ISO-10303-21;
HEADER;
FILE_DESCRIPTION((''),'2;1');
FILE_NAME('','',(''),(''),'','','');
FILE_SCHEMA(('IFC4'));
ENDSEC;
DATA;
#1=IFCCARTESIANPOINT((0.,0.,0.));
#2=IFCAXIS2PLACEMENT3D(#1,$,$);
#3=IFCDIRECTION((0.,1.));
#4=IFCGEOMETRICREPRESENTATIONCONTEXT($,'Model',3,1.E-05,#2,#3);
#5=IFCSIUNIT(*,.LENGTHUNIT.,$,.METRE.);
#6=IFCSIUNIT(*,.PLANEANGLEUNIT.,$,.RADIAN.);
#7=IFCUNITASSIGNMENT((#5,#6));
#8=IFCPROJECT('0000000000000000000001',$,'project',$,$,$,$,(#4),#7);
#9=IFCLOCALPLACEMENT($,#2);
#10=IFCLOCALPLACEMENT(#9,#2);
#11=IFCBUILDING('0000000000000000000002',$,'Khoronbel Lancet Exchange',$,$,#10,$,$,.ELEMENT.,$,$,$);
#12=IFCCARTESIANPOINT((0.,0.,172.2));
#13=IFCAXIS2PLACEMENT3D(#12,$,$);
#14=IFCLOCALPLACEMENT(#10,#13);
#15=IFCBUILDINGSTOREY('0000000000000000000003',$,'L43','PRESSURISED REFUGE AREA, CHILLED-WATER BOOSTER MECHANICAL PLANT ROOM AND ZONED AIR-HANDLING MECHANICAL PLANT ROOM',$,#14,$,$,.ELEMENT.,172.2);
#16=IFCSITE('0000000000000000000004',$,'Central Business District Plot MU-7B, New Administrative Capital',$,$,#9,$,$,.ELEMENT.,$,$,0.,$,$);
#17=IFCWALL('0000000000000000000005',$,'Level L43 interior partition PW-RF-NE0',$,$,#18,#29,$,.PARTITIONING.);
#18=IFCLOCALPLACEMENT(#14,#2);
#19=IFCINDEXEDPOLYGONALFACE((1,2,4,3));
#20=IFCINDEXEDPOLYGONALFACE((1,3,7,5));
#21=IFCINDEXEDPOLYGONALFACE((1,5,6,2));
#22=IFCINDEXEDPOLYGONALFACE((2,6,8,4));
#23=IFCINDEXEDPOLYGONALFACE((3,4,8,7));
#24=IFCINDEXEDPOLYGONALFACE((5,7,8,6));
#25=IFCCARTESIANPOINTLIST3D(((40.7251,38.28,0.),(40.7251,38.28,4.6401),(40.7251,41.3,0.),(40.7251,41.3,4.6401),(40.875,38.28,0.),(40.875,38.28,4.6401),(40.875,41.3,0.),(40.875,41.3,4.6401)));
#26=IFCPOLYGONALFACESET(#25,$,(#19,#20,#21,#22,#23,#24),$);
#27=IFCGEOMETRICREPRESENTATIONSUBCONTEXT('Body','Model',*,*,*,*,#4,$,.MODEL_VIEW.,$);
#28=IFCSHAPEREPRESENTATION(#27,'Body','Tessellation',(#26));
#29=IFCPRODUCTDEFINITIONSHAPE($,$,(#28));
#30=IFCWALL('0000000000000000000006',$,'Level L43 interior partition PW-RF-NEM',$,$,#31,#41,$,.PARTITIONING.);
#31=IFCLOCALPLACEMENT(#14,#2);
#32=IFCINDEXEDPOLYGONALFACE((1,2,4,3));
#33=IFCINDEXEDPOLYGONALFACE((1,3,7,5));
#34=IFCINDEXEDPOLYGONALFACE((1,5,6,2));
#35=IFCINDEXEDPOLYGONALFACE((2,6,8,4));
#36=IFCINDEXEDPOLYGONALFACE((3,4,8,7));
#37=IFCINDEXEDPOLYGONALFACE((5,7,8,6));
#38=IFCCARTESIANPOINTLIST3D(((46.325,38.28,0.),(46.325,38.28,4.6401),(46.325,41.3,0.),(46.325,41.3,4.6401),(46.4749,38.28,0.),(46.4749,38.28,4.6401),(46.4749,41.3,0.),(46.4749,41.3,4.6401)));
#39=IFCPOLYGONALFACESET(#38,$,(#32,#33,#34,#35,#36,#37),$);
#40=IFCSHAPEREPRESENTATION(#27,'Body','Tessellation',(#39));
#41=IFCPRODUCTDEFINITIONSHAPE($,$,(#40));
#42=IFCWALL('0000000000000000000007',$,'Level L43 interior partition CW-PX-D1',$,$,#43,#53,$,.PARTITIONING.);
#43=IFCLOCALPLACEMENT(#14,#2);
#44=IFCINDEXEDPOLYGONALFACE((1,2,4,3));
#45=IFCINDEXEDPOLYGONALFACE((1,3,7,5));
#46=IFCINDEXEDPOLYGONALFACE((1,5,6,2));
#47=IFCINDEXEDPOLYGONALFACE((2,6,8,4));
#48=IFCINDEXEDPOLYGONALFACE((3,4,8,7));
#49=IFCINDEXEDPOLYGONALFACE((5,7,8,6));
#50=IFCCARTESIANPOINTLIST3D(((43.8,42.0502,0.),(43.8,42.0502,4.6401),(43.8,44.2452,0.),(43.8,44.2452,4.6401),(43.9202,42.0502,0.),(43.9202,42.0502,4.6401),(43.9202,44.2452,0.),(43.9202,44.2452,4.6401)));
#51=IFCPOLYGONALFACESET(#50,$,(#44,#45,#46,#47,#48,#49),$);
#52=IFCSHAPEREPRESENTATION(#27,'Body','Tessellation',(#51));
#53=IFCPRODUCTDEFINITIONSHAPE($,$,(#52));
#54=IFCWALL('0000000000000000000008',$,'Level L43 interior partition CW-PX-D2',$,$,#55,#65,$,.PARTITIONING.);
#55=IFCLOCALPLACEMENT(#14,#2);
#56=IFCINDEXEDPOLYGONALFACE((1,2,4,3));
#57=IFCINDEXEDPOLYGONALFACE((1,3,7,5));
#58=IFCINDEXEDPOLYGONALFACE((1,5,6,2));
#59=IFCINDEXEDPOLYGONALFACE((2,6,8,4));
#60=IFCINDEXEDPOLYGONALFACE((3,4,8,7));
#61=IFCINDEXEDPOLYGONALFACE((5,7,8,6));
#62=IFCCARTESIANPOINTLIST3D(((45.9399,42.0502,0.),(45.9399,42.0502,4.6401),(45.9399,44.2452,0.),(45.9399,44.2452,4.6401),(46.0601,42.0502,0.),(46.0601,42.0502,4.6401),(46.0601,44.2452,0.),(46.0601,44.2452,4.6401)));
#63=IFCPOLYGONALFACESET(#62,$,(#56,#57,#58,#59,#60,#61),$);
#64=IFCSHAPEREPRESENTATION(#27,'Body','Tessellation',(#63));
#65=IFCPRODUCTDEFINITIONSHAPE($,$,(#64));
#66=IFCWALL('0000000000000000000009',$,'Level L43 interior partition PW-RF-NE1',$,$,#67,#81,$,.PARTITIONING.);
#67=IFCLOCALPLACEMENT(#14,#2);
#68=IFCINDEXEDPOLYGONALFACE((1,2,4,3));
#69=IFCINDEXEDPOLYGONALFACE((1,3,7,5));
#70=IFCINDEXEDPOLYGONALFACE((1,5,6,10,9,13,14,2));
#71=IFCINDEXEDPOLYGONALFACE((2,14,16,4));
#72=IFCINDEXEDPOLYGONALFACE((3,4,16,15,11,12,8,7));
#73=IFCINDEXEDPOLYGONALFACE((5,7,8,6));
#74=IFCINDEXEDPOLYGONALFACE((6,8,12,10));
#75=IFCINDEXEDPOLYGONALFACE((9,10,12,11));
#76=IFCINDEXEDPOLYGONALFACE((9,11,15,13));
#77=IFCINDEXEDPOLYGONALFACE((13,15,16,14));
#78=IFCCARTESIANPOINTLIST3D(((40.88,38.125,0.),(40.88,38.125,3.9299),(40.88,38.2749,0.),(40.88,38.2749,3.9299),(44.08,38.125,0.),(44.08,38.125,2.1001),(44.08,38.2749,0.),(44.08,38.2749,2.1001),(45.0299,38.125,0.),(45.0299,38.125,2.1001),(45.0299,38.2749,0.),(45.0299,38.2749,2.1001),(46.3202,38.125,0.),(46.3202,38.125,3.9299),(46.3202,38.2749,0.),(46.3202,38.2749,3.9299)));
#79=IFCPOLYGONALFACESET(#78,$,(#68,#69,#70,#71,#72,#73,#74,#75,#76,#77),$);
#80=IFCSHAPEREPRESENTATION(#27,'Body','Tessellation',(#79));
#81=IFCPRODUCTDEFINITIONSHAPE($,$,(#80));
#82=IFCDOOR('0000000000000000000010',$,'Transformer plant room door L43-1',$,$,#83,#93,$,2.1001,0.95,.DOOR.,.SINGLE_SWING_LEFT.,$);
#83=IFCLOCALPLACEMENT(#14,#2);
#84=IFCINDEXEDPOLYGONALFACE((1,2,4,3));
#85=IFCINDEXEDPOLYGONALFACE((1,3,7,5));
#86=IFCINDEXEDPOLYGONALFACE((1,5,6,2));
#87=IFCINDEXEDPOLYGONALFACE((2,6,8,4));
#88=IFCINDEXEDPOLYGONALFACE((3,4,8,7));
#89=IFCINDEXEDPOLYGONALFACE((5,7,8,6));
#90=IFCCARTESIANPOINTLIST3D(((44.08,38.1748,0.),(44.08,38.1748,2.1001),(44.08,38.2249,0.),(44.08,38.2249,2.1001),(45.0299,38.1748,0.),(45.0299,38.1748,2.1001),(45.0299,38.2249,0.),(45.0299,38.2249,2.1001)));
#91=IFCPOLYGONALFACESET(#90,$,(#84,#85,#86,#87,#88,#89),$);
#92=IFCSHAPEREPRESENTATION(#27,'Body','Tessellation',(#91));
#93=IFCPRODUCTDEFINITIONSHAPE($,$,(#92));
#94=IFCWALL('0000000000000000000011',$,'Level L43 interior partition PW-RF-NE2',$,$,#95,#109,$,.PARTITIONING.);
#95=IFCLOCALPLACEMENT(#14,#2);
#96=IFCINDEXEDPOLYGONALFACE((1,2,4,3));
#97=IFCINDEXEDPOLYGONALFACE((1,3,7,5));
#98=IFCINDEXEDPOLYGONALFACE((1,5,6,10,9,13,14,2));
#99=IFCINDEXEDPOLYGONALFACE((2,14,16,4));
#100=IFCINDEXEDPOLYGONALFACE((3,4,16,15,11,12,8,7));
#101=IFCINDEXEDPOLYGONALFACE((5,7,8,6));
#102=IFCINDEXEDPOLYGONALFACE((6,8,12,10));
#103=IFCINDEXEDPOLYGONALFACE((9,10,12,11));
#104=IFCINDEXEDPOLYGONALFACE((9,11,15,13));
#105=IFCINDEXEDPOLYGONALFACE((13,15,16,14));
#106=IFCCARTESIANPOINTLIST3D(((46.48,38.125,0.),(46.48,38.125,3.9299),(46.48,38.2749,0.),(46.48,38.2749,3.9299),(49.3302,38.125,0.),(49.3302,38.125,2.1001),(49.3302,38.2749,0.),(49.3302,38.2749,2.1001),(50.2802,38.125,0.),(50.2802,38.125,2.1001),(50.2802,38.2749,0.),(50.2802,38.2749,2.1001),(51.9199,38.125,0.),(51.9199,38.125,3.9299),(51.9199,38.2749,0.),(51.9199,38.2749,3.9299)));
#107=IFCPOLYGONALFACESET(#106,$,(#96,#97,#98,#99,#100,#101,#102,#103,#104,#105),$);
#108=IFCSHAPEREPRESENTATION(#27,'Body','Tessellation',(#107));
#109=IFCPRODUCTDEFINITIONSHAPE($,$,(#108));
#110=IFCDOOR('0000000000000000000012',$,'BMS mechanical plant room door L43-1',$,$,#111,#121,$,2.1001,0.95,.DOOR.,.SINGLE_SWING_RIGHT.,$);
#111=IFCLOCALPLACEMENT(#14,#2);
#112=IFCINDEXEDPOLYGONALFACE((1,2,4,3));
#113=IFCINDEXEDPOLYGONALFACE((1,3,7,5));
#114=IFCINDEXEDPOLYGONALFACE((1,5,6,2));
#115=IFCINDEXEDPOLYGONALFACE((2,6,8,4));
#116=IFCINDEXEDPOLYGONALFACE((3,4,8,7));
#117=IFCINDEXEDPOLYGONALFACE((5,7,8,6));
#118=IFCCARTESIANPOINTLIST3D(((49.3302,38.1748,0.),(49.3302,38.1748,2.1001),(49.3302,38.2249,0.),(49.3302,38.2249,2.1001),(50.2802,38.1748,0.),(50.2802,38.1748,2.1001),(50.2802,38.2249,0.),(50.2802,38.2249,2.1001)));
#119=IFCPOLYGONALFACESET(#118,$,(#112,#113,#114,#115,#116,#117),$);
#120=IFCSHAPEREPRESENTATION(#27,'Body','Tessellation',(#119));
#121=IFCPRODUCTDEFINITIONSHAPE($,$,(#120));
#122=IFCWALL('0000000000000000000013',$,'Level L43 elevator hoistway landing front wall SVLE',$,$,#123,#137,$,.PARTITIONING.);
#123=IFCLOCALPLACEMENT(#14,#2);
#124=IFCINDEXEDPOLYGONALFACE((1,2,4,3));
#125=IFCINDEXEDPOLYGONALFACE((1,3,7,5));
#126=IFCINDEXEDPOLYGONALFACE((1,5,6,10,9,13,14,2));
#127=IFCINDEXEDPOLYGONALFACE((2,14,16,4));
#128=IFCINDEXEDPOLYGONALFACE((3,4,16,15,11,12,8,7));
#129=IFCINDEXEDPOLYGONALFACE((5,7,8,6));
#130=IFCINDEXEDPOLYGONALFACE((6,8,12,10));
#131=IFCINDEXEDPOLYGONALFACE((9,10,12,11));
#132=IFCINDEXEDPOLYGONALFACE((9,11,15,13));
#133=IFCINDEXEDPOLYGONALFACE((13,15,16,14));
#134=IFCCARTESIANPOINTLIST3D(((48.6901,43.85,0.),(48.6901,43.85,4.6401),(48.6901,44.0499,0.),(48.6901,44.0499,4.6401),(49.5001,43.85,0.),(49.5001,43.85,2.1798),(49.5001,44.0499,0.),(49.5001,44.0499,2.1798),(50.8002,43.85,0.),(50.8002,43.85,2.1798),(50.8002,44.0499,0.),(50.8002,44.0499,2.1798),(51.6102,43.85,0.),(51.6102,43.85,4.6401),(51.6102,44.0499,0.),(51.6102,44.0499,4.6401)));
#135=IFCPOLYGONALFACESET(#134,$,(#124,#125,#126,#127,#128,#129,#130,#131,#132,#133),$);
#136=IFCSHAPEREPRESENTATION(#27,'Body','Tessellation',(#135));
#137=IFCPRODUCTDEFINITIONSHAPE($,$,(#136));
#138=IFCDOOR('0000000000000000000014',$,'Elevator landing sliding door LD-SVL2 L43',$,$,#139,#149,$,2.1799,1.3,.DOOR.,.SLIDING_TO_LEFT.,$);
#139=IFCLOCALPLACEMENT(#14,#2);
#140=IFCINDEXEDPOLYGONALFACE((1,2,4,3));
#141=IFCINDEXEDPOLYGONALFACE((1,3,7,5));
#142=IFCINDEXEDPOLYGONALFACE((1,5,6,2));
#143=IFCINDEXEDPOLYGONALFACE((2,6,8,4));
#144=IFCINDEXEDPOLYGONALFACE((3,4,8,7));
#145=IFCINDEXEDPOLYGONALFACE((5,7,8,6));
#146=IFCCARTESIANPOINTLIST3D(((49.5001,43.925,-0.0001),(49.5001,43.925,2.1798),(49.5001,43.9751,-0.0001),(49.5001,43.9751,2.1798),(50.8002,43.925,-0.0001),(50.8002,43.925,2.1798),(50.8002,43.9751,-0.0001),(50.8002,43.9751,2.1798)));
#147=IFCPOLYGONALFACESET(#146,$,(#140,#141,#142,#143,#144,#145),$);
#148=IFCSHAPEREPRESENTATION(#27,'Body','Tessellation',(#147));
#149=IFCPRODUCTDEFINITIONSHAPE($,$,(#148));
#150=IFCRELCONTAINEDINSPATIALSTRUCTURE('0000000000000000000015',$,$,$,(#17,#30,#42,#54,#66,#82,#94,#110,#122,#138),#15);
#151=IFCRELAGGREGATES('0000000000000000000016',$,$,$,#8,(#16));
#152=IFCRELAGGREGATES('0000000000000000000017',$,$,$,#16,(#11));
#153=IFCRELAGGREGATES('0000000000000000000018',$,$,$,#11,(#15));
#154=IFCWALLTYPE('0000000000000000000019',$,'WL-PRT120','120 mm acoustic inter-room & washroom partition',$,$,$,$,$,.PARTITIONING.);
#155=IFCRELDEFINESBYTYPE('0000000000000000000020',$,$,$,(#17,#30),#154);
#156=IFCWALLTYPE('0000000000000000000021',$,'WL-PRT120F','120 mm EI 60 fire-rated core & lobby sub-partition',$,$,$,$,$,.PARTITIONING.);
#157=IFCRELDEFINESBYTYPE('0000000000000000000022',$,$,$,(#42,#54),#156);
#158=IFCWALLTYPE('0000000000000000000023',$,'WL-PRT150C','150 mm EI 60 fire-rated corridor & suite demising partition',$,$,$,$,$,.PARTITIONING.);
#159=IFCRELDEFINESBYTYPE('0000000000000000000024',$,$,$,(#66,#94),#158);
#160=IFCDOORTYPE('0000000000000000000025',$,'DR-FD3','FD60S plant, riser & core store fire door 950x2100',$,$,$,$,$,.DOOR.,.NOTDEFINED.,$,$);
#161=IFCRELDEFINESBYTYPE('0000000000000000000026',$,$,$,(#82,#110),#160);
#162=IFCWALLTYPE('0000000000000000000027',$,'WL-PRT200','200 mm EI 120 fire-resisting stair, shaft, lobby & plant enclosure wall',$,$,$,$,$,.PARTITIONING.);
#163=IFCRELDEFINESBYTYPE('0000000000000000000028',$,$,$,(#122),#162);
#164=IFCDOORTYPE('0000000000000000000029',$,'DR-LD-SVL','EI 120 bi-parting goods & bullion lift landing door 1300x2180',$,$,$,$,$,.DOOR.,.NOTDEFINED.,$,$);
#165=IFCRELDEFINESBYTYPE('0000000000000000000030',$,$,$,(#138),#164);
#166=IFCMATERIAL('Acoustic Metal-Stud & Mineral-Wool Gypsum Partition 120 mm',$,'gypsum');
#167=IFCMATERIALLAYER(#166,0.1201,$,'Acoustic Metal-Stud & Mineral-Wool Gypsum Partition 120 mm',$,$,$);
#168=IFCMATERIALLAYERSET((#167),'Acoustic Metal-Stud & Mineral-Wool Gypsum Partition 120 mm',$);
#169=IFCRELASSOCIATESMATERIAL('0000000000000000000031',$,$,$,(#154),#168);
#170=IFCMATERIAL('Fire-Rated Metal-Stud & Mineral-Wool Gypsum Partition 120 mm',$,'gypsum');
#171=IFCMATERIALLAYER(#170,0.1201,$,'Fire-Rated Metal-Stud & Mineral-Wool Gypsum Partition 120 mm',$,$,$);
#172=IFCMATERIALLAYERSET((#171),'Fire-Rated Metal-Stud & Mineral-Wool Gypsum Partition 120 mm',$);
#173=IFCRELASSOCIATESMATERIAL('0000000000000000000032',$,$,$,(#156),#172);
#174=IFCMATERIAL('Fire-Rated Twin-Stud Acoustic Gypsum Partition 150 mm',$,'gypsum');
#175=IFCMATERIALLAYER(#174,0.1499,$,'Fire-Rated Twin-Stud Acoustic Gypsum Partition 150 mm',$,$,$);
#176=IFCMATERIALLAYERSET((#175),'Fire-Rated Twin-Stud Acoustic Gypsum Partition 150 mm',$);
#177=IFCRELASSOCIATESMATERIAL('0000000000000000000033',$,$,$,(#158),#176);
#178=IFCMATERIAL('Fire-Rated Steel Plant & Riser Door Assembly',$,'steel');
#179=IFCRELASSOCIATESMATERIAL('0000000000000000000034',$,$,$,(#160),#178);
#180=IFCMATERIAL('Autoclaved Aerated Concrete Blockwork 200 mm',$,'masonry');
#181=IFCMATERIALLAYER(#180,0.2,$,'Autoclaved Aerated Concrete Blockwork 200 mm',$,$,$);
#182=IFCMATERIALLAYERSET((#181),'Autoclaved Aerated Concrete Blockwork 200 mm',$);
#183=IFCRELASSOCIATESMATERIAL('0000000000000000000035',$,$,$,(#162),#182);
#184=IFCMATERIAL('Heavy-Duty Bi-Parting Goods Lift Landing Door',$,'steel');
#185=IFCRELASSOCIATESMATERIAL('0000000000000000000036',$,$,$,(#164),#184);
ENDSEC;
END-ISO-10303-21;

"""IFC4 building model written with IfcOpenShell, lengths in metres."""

from ifc_helpers import new_model, si_unit, direction, frame, frame_2d, origin, place, context, subcontext, project, spatial, rectangle, extrude, material, layer, layer_set, type_object, element, fill, save


model = new_model("IFC4")

# Units and contexts
model_context = context("Model", 3, precision=1e-05, world=origin(), true_north=direction((0.0, 1.0)))
body_context = subcontext(model_context, "Body", "Model", "MODEL_VIEW")
ifc_project = project(units=[si_unit("LENGTHUNIT", "METRE"), si_unit("PLANEANGLEUNIT", "RADIAN")], contexts=[model_context])

# Site, building, storey
site_placement = place(None, origin())
site = spatial("IfcSite", under=ifc_project, at=site_placement, Name="Central Business District Plot MU-7B, New Administrative Capital", CompositionType="ELEMENT", RefElevation=0.0)
building_placement = place(site_placement, origin())
building = spatial("IfcBuilding", under=site, at=building_placement, Name="Khoronbel Lancet Exchange", CompositionType="ELEMENT")
storey_placement = place(building_placement, frame((0.0, 0.0, 172.2)))
storey = spatial("IfcBuildingStorey", under=building, at=storey_placement, Name="L43", Description="PRESSURISED REFUGE AREA, CHILLED-WATER BOOSTER MECHANICAL PLANT ROOM AND ZONED AIR-HANDLING MECHANICAL PLANT ROOM", CompositionType="ELEMENT", Elevation=172.2)

# Walls
ifc_material_1 = material(Name="Acoustic Metal-Stud & Mineral-Wool Gypsum Partition 120 mm", Category="gypsum")
ifc_layer_1 = layer(ifc_material_1, 0.1201, Name="Acoustic Metal-Stud & Mineral-Wool Gypsum Partition 120 mm")
ifc_layer_set_1 = layer_set([ifc_layer_1], Name="Acoustic Metal-Stud & Mineral-Wool Gypsum Partition 120 mm")
wall_type_1 = type_object("IfcWallType", Name="WL-PRT120", Description="120 mm acoustic inter-room & washroom partition", PredefinedType="PARTITIONING", material=ifc_layer_set_1)
for number, where, z_axis, x_axis, name in (
    (1, (40.8, 38.28, 0.0), (0.0, 0.0, 1.0), (0.0, 1.0, 0.0), "Level L43 interior partition PW-RF-NE0"),
    (2, (46.3999, 38.28, 0.0), (0.0, 0.0, 1.0), (0.0, 1.0, 0.0), "Level L43 interior partition PW-RF-NEM"),
):
    element("IfcWall", number, at=place(storey_placement, frame(where, z_axis=z_axis, x_axis=x_axis)), inside=storey, type_object=wall_type_1, Name=name, PredefinedType="PARTITIONING", context=body_context, shape_type="SweptSolid", body=[
        extrude(rectangle(XDim=3.02, YDim=0.1499, at=frame_2d((1.51, 0.0))), origin(), (0.0, 0.0, 1.0), 4.6401),
    ])
ifc_material_2 = material(Name="Fire-Rated Metal-Stud & Mineral-Wool Gypsum Partition 120 mm", Category="gypsum")
ifc_layer_2 = layer(ifc_material_2, 0.1201, Name="Fire-Rated Metal-Stud & Mineral-Wool Gypsum Partition 120 mm")
ifc_layer_set_2 = layer_set([ifc_layer_2], Name="Fire-Rated Metal-Stud & Mineral-Wool Gypsum Partition 120 mm")
wall_type_2 = type_object("IfcWallType", Name="WL-PRT120F", Description="120 mm EI 60 fire-rated core & lobby sub-partition", PredefinedType="PARTITIONING", material=ifc_layer_set_2)
for number, where, z_axis, x_axis, name in (
    (3, (43.8601, 42.05, 0.0), (0.0, 0.0, 1.0), (0.0, 1.0, 0.0), "Level L43 interior partition CW-PX-D1"),
    (4, (46.0, 42.05, 0.0), (0.0, 0.0, 1.0), (0.0, 1.0, 0.0), "Level L43 interior partition CW-PX-D2"),
):
    element("IfcWall", number, at=place(storey_placement, frame(where, z_axis=z_axis, x_axis=x_axis)), inside=storey, type_object=wall_type_2, Name=name, PredefinedType="PARTITIONING", context=body_context, shape_type="SweptSolid", body=[
        extrude(rectangle(XDim=2.1951, YDim=0.1201, at=frame_2d((1.0977, 0.0))), origin(), (0.0, 0.0, 1.0), 4.6401),
    ])

# Walls, openings, doors
ifc_material_3 = material(Name="Fire-Rated Twin-Stud Acoustic Gypsum Partition 150 mm", Category="gypsum")
ifc_layer_3 = layer(ifc_material_3, 0.1499, Name="Fire-Rated Twin-Stud Acoustic Gypsum Partition 150 mm")
ifc_layer_set_3 = layer_set([ifc_layer_3], Name="Fire-Rated Twin-Stud Acoustic Gypsum Partition 150 mm")
wall_type_3 = type_object("IfcWallType", Name="WL-PRT150C", Description="150 mm EI 60 fire-rated corridor & suite demising partition", PredefinedType="PARTITIONING", material=ifc_layer_set_3)
wall_1_placement = place(storey_placement, frame((40.8799, 38.2, 0.0), z_axis=(0.0, 0.0, 1.0), x_axis=(1.0, 0.0, 0.0)))
wall_1 = element("IfcWall", 5, at=wall_1_placement, inside=storey, type_object=wall_type_3, Name="Level L43 interior partition PW-RF-NE1", PredefinedType="PARTITIONING", context=body_context, shape_type="SweptSolid", body=[
    extrude(rectangle(XDim=5.4402, YDim=0.1499, at=frame_2d((2.7202, 0.0))), origin(), (0.0, 0.0, 1.0), 3.9299),
])
opening_1_placement = place(wall_1_placement, frame((3.2, 0.0, 0.0)))
opening_1 = element("IfcOpeningElement", 6, at=opening_1_placement, cuts=wall_1, PredefinedType="OPENING", context=body_context, shape_type="SweptSolid", body=[
    extrude(rectangle(XDim=0.95, YDim=2.1001, at=frame_2d((0.4751, 1.05))), frame((0.0, 0.085, 0.0), z_axis=(0.0, -1.0, 0.0), x_axis=(1.0, 0.0, 0.0)), (0.0, 0.0, 1.0), 0.1699),
])
ifc_material_4 = material(Name="Fire-Rated Steel Plant & Riser Door Assembly", Category="steel")
door_type_1 = type_object("IfcDoorType", Name="DR-FD3", Description="FD60S plant, riser & core store fire door 950x2100", OperationType="NOTDEFINED", PredefinedType="DOOR", material=ifc_material_4)
door_1_placement = place(opening_1_placement, origin())
door_1 = element("IfcDoor", 7, at=door_1_placement, inside=storey, type_object=door_type_1, Name="Transformer plant room door L43-1", OperationType="SINGLE_SWING_LEFT", OverallHeight=2.1001, OverallWidth=0.95, PredefinedType="DOOR", context=body_context, shape_type="SweptSolid", body=[
    extrude(rectangle(XDim=0.95, YDim=2.1001, at=frame_2d((0.4751, 1.05))), frame((0.0, 0.0249, 0.0), z_axis=(0.0, -1.0, 0.0), x_axis=(1.0, 0.0, 0.0)), (0.0, 0.0, 1.0), 0.05),
])
fill(opening_1, door_1)
wall_2_placement = place(storey_placement, frame((46.48, 38.2, 0.0), z_axis=(0.0, 0.0, 1.0), x_axis=(1.0, 0.0, 0.0)))
wall_2 = element("IfcWall", 8, at=wall_2_placement, inside=storey, type_object=wall_type_3, Name="Level L43 interior partition PW-RF-NE2", PredefinedType="PARTITIONING", context=body_context, shape_type="SweptSolid", body=[
    extrude(rectangle(XDim=5.4399, YDim=0.1499, at=frame_2d((2.72, 0.0))), origin(), (0.0, 0.0, 1.0), 3.9299),
])
opening_2_placement = place(wall_2_placement, frame((2.8501, 0.0, 0.0)))
opening_2 = element("IfcOpeningElement", 9, at=opening_2_placement, cuts=wall_2, PredefinedType="OPENING", context=body_context, shape_type="SweptSolid", body=[
    extrude(rectangle(XDim=0.95, YDim=2.1001, at=frame_2d((0.4751, 1.05))), frame((0.0, 0.085, 0.0), z_axis=(0.0, -1.0, 0.0), x_axis=(1.0, 0.0, 0.0)), (0.0, 0.0, 1.0), 0.1699),
])
door_2_placement = place(opening_2_placement, origin())
door_2 = element("IfcDoor", 10, at=door_2_placement, inside=storey, type_object=door_type_1, Name="BMS mechanical plant room door L43-1", OperationType="SINGLE_SWING_RIGHT", OverallHeight=2.1001, OverallWidth=0.95, PredefinedType="DOOR", context=body_context, shape_type="SweptSolid", body=[
    extrude(rectangle(XDim=0.95, YDim=2.1001, at=frame_2d((0.4751, 1.05))), frame((0.0, 0.0249, 0.0), z_axis=(0.0, -1.0, 0.0), x_axis=(1.0, 0.0, 0.0)), (0.0, 0.0, 1.0), 0.05),
])
fill(opening_2, door_2)
ifc_material_5 = material(Name="Autoclaved Aerated Concrete Blockwork 200 mm", Category="masonry")
ifc_layer_4 = layer(ifc_material_5, 0.2, Name="Autoclaved Aerated Concrete Blockwork 200 mm")
ifc_layer_set_4 = layer_set([ifc_layer_4], Name="Autoclaved Aerated Concrete Blockwork 200 mm")
wall_type_4 = type_object("IfcWallType", Name="WL-PRT200", Description="200 mm EI 120 fire-resisting stair, shaft, lobby & plant enclosure wall", PredefinedType="PARTITIONING", material=ifc_layer_set_4)
wall_3_placement = place(storey_placement, frame((51.6101, 43.95, 0.0), z_axis=(0.0, 0.0, 1.0), x_axis=(-1.0, 0.0, 0.0)))
wall_3 = element("IfcWall", 11, at=wall_3_placement, inside=storey, type_object=wall_type_4, Name="Level L43 elevator hoistway landing front wall SVLE", PredefinedType="PARTITIONING", context=body_context, shape_type="SweptSolid", body=[
    extrude(rectangle(XDim=2.9202, YDim=0.2, at=frame_2d((1.46, 0.0))), origin(), (0.0, 0.0, 1.0), 4.6401),
])
opening_3_placement = place(wall_3_placement, frame((0.8101, 0.0, 0.0)))
opening_3 = element("IfcOpeningElement", 12, at=opening_3_placement, cuts=wall_3, PredefinedType="OPENING", context=body_context, shape_type="SweptSolid", body=[
    extrude(rectangle(XDim=1.3, YDim=2.1799, at=frame_2d((0.6499, 1.0898))), frame((0.0, 0.1099, 0.0), z_axis=(0.0, -1.0, 0.0), x_axis=(1.0, 0.0, 0.0)), (0.0, 0.0, 1.0), 0.22),
])
ifc_material_6 = material(Name="Heavy-Duty Bi-Parting Goods Lift Landing Door", Category="steel")
door_type_2 = type_object("IfcDoorType", Name="DR-LD-SVL", Description="EI 120 bi-parting goods & bullion lift landing door 1300x2180", OperationType="NOTDEFINED", PredefinedType="DOOR", material=ifc_material_6)
door_3_placement = place(opening_3_placement, origin())
door_3 = element("IfcDoor", 13, at=door_3_placement, inside=storey, type_object=door_type_2, Name="Elevator landing sliding door LD-SVL2 L43", OperationType="SLIDING_TO_LEFT", OverallHeight=2.1799, OverallWidth=1.3, PredefinedType="DOOR", context=body_context, shape_type="SweptSolid", body=[
    extrude(rectangle(XDim=1.3, YDim=2.1799, at=frame_2d((0.6499, 1.0898))), frame((0.0, 0.0249, 0.0), z_axis=(0.0, -1.0, 0.0), x_axis=(1.0, 0.0, 0.0)), (0.0, 0.0, 1.0), 0.05),
])
fill(opening_3, door_3)

save(model, "model.ifc")
